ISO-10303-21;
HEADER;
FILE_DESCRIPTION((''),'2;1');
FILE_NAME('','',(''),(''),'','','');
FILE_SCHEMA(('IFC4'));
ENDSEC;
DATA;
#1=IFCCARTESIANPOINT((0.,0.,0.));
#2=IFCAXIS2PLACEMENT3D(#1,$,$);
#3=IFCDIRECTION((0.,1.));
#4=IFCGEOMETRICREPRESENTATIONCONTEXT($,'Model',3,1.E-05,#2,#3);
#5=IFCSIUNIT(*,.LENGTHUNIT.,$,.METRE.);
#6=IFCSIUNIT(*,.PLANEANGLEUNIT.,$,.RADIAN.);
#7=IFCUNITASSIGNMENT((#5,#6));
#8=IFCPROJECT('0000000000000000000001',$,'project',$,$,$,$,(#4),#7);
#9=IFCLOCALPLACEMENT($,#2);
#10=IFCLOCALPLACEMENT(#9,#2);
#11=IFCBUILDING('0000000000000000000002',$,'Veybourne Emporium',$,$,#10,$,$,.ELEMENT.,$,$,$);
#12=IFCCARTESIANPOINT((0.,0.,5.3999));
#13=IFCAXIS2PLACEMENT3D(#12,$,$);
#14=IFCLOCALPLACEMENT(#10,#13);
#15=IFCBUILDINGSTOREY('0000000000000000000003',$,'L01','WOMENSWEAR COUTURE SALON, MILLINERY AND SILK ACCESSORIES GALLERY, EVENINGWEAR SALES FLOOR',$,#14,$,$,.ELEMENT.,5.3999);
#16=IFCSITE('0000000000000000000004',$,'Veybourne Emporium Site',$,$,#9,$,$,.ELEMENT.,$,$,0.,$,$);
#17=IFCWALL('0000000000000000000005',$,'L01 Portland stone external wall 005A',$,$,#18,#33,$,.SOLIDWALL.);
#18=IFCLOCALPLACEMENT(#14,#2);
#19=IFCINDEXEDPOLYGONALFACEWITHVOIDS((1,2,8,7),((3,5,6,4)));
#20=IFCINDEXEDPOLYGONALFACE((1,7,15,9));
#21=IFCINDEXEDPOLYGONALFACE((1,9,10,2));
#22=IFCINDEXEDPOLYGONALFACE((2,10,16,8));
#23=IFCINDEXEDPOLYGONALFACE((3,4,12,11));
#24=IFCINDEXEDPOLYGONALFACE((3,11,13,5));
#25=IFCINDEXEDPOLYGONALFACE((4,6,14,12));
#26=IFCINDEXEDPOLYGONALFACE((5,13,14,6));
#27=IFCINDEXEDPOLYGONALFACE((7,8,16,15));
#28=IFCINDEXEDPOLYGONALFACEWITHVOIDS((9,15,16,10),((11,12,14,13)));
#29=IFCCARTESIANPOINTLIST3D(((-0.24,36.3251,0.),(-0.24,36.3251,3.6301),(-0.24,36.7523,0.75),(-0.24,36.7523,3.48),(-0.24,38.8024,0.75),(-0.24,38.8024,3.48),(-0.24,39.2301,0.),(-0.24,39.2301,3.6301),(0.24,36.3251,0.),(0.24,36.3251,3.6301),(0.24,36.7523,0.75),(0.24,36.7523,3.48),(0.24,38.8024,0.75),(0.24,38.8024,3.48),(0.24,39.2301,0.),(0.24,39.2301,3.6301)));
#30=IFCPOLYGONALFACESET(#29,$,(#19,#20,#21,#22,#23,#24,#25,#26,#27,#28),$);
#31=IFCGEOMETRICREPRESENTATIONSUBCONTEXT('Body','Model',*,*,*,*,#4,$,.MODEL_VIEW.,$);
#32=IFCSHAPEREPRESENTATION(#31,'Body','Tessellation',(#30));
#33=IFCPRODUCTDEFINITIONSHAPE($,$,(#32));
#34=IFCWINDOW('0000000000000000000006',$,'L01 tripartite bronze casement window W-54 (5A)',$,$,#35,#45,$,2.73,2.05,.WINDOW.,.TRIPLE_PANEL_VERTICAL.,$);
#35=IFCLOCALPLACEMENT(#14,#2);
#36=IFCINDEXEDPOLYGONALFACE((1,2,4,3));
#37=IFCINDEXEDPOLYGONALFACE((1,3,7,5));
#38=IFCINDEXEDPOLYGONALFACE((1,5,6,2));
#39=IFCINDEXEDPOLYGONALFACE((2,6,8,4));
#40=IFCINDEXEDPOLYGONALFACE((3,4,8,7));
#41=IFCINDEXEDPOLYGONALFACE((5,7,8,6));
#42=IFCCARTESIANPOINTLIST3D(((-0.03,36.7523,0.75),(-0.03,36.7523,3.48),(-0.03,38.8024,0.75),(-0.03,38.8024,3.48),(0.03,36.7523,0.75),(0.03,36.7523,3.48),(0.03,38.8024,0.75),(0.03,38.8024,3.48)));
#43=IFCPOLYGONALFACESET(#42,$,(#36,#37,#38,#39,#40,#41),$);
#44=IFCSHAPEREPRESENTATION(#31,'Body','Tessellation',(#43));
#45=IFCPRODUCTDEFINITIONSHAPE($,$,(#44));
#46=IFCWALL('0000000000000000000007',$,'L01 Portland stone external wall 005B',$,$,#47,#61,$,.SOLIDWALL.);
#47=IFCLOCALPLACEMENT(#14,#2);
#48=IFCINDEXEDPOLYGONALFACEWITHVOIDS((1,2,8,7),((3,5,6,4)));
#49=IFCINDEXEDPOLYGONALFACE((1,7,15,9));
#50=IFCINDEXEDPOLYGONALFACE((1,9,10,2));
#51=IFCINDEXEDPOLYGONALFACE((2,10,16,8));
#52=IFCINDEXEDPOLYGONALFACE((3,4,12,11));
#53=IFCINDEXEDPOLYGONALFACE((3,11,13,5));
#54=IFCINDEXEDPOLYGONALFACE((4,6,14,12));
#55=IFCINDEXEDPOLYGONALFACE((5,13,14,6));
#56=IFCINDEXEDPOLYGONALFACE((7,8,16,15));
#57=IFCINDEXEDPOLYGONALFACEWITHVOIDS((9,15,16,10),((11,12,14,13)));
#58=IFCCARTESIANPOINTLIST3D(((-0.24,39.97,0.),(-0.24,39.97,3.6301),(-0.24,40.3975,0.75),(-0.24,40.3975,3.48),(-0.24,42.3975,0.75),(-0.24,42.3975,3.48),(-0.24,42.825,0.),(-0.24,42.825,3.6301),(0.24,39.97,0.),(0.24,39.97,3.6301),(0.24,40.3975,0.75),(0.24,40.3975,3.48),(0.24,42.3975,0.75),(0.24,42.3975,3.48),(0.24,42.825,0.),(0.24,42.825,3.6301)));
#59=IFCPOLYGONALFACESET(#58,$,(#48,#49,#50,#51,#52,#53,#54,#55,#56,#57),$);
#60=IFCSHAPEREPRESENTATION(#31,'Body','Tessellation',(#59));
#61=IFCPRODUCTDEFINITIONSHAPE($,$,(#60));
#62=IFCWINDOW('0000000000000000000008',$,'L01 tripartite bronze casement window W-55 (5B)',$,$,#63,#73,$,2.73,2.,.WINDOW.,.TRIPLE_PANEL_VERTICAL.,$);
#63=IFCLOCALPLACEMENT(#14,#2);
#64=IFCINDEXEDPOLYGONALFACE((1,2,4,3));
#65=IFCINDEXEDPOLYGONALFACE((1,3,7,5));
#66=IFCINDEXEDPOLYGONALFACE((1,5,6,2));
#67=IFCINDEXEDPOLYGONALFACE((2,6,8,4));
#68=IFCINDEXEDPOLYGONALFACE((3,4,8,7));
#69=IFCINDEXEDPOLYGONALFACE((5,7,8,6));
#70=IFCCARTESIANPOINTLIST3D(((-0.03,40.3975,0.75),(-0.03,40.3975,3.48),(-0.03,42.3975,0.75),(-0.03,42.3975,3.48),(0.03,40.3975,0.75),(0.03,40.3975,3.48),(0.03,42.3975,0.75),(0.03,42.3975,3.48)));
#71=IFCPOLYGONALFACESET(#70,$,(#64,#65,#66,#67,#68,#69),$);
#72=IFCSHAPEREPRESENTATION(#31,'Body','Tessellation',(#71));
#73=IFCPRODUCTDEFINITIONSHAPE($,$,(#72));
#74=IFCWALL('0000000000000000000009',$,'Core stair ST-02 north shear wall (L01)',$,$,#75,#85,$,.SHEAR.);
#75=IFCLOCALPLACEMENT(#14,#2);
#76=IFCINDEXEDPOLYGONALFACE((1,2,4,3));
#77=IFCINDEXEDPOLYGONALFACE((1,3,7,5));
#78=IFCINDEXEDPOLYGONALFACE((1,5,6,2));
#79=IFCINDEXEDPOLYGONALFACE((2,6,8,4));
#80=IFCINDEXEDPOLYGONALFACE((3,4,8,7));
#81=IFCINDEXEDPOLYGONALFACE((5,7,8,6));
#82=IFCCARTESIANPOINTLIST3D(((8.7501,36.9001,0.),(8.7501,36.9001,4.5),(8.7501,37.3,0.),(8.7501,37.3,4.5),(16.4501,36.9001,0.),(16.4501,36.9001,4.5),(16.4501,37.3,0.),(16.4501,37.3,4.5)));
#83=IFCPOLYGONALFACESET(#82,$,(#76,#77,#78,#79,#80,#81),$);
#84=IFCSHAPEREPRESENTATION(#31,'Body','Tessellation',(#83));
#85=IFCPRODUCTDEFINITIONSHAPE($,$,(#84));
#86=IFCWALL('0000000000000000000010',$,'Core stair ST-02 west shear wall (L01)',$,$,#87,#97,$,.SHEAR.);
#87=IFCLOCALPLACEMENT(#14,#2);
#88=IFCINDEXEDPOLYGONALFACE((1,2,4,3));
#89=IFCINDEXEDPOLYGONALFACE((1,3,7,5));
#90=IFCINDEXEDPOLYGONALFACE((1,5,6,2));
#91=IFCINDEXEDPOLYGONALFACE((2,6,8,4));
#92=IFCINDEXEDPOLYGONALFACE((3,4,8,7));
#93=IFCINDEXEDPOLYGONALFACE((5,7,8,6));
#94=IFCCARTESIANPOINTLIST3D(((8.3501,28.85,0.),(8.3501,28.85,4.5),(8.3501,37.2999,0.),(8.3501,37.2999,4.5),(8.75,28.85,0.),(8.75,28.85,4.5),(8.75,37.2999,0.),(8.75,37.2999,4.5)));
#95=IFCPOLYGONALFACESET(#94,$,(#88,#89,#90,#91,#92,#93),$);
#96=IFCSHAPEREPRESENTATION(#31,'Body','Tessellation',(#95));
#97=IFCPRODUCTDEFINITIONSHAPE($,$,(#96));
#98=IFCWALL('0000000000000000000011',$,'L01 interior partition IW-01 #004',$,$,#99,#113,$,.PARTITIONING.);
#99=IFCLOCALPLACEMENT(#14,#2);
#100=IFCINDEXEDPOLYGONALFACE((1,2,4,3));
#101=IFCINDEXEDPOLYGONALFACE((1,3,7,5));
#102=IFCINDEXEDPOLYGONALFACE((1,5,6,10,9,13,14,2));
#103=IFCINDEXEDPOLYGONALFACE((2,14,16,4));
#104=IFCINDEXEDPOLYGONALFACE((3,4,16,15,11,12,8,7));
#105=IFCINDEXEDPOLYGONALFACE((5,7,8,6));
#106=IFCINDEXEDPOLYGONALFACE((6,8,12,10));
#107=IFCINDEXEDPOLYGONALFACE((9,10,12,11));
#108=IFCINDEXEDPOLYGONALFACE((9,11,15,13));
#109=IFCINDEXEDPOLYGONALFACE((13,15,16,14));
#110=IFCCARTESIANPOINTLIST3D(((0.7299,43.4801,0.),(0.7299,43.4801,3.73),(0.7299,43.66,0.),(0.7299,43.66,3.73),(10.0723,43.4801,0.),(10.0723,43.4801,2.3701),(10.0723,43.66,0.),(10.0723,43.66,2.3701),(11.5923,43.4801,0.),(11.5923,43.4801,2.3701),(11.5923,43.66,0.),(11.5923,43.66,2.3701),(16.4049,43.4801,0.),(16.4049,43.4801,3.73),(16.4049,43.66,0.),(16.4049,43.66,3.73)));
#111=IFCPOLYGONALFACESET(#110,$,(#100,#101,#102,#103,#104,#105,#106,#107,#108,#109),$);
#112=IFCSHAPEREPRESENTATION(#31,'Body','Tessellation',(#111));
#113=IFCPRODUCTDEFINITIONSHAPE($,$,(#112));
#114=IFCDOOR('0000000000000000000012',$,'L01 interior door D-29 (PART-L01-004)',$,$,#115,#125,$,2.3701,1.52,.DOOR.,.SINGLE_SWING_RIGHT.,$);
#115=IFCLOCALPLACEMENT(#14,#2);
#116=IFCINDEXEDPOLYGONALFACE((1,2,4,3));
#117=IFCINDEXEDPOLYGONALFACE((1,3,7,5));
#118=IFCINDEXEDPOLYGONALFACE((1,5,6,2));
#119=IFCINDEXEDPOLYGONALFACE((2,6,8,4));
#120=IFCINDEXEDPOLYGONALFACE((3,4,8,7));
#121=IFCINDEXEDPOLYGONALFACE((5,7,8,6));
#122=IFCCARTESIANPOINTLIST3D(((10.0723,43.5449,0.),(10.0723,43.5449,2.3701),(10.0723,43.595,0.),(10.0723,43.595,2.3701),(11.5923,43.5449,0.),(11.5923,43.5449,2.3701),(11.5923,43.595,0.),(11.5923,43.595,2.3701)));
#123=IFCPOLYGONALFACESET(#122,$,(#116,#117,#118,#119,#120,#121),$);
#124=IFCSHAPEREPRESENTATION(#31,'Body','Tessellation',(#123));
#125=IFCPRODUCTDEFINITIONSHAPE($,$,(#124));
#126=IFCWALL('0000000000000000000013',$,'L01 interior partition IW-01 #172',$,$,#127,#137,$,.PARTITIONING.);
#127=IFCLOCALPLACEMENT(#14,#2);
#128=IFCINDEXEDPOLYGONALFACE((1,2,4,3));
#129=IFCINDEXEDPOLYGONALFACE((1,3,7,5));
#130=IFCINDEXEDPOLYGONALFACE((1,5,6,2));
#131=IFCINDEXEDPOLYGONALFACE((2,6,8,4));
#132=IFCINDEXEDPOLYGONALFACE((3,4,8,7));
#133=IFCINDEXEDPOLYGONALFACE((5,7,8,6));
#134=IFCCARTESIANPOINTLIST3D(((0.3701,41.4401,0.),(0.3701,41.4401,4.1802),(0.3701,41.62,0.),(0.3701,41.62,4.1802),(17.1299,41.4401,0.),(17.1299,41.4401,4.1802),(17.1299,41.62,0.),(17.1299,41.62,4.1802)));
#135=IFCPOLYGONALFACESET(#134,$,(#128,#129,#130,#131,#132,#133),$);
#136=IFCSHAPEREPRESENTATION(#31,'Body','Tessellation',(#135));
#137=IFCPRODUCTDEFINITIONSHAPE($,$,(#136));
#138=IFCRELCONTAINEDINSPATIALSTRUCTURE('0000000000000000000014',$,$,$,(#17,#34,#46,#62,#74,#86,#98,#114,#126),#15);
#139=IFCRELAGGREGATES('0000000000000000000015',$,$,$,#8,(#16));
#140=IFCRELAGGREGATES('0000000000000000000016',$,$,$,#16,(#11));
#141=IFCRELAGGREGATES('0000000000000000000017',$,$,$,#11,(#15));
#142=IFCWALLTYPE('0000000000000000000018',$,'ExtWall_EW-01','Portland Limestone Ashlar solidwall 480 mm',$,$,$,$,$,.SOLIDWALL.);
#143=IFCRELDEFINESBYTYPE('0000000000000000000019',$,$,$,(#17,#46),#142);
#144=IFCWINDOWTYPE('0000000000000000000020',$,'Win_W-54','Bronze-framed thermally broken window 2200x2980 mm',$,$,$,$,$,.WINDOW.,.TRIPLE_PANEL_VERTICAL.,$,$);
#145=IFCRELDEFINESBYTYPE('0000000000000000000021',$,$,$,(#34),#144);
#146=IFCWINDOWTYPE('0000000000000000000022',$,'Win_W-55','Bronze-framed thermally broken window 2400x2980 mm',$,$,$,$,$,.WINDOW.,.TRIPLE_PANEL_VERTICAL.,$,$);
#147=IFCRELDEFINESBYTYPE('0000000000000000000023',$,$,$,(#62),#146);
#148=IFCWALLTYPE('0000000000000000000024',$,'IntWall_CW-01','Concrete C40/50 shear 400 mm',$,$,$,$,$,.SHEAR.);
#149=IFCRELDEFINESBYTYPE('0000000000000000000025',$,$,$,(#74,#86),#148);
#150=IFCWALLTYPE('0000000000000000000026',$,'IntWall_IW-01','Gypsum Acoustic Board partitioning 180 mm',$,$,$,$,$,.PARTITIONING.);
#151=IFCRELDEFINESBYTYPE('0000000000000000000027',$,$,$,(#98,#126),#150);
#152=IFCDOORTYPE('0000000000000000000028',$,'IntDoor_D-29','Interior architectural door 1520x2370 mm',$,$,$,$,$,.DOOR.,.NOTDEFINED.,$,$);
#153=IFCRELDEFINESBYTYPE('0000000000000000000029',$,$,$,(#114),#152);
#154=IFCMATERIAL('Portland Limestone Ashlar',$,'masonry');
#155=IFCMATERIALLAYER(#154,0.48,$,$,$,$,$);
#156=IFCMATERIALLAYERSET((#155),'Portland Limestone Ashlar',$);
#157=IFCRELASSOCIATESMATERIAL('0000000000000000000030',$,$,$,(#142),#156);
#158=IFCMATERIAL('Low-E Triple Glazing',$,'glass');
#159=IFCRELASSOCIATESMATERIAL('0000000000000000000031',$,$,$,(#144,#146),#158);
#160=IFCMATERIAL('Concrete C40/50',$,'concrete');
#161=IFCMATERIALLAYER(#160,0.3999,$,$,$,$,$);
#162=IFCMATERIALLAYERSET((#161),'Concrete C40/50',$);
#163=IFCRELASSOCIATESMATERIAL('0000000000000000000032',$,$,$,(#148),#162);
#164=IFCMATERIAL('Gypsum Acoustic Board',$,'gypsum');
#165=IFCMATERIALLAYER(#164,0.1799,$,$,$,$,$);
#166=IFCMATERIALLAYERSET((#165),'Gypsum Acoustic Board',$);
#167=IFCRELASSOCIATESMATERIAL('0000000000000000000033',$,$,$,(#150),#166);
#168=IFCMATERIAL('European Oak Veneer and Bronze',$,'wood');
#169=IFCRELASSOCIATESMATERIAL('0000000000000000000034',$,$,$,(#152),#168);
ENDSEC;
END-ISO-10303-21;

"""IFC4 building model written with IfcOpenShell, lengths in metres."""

from ifc_helpers import new_model, si_unit, direction, frame, frame_2d, origin, place, context, subcontext, project, spatial, rectangle, extrude, material, layer, layer_set, type_object, element, fill, save


model = new_model("IFC4")

# Units and contexts
model_context = context("Model", 3, precision=1e-05, world=origin(), true_north=direction((0.0, 1.0)))
body_context = subcontext(model_context, "Body", "Model", "MODEL_VIEW")
ifc_project = project(units=[si_unit("LENGTHUNIT", "METRE"), si_unit("PLANEANGLEUNIT", "RADIAN")], contexts=[model_context])

# Site, building, storey
site_placement = place(None, origin())
site = spatial("IfcSite", under=ifc_project, at=site_placement, Name="Veybourne Emporium Site", CompositionType="ELEMENT", RefElevation=0.0)
building_placement = place(site_placement, origin())
building = spatial("IfcBuilding", under=site, at=building_placement, Name="Veybourne Emporium", CompositionType="ELEMENT")
storey_placement = place(building_placement, frame((0.0, 0.0, 5.3999)))
storey = spatial("IfcBuildingStorey", under=building, at=storey_placement, Name="L01", Description="WOMENSWEAR COUTURE SALON, MILLINERY AND SILK ACCESSORIES GALLERY, EVENINGWEAR SALES FLOOR", CompositionType="ELEMENT", Elevation=5.3999)

# Shared definitions
ifc_material_1 = material(Name="Concrete C40/50", Category="concrete")

# Walls, openings, windows
ifc_material_2 = material(Name="Portland Limestone Ashlar", Category="masonry")
ifc_layer_1 = layer(ifc_material_2, 0.48)
ifc_layer_set_1 = layer_set([ifc_layer_1], Name="Portland Limestone Ashlar")
wall_type_1 = type_object("IfcWallType", Name="ExtWall_EW-01", Description="Portland Limestone Ashlar solidwall 480 mm", PredefinedType="SOLIDWALL", material=ifc_layer_set_1)
wall_1_placement = place(storey_placement, frame((0.0, 36.325, 0.0), z_axis=(0.0, 0.0, 1.0), x_axis=(0.0, 1.0, 0.0)))
wall_1 = element("IfcWall", 1, at=wall_1_placement, inside=storey, type_object=wall_type_1, Name="L01 Portland stone external wall 005A", PredefinedType="SOLIDWALL", context=body_context, shape_type="SweptSolid", body=[
    extrude(rectangle(XDim=2.905, YDim=0.48, at=frame_2d((1.4526, 0.0))), origin(), (0.0, 0.0, 1.0), 3.6301),
])
opening_1_placement = place(wall_1_placement, frame((0.4275, 0.0, 0.75)))
opening_1 = element("IfcOpeningElement", 2, at=opening_1_placement, cuts=wall_1, PredefinedType="OPENING", context=body_context, shape_type="SweptSolid", body=[
    extrude(rectangle(XDim=2.05, YDim=2.73, at=frame_2d((1.0249, 1.365))), frame((0.0, 0.26, 0.0), z_axis=(0.0, -1.0, 0.0), x_axis=(1.0, 0.0, 0.0)), (0.0, 0.0, 1.0), 0.52),
])
ifc_material_3 = material(Name="Low-E Triple Glazing", Category="glass")
window_type_1 = type_object("IfcWindowType", Name="Win_W-54", Description="Bronze-framed thermally broken window 2200x2980 mm", PartitioningType="TRIPLE_PANEL_VERTICAL", PredefinedType="WINDOW", material=ifc_material_3)
window_1_placement = place(opening_1_placement, origin())
window_1 = element("IfcWindow", 3, at=window_1_placement, inside=storey, type_object=window_type_1, Name="L01 tripartite bronze casement window W-54 (5A)", OverallHeight=2.73, OverallWidth=2.05, PartitioningType="TRIPLE_PANEL_VERTICAL", PredefinedType="WINDOW", context=body_context, shape_type="SweptSolid", body=[
    extrude(rectangle(XDim=2.05, YDim=2.73, at=frame_2d((1.0249, 1.365))), frame((0.0, 0.03, 0.0), z_axis=(0.0, -1.0, 0.0), x_axis=(1.0, 0.0, 0.0)), (0.0, 0.0, 1.0), 0.0601),
])
fill(opening_1, window_1)
wall_2_placement = place(storey_placement, frame((0.0, 39.97, 0.0), z_axis=(0.0, 0.0, 1.0), x_axis=(0.0, 1.0, 0.0)))
wall_2 = element("IfcWall", 4, at=wall_2_placement, inside=storey, type_object=wall_type_1, Name="L01 Portland stone external wall 005B", PredefinedType="SOLIDWALL", context=body_context, shape_type="SweptSolid", body=[
    extrude(rectangle(XDim=2.855, YDim=0.48, at=frame_2d((1.4275, 0.0))), origin(), (0.0, 0.0, 1.0), 3.6301),
])
opening_2_placement = place(wall_2_placement, frame((0.4275, 0.0, 0.75)))
opening_2 = element("IfcOpeningElement", 5, at=opening_2_placement, cuts=wall_2, PredefinedType="OPENING", context=body_context, shape_type="SweptSolid", body=[
    extrude(rectangle(XDim=2.0, YDim=2.73, at=frame_2d((1.0, 1.365))), frame((0.0, 0.26, 0.0), z_axis=(0.0, -1.0, 0.0), x_axis=(1.0, 0.0, 0.0)), (0.0, 0.0, 1.0), 0.52),
])
window_type_2 = type_object("IfcWindowType", Name="Win_W-55", Description="Bronze-framed thermally broken window 2400x2980 mm", PartitioningType="TRIPLE_PANEL_VERTICAL", PredefinedType="WINDOW", material=ifc_material_3)
window_2_placement = place(opening_2_placement, origin())
window_2 = element("IfcWindow", 6, at=window_2_placement, inside=storey, type_object=window_type_2, Name="L01 tripartite bronze casement window W-55 (5B)", OverallHeight=2.73, OverallWidth=2.0, PartitioningType="TRIPLE_PANEL_VERTICAL", PredefinedType="WINDOW", context=body_context, shape_type="SweptSolid", body=[
    extrude(rectangle(XDim=2.0, YDim=2.73, at=frame_2d((1.0, 1.365))), frame((0.0, 0.03, 0.0), z_axis=(0.0, -1.0, 0.0), x_axis=(1.0, 0.0, 0.0)), (0.0, 0.0, 1.0), 0.0601),
])
fill(opening_2, window_2)

# Walls
ifc_layer_2 = layer(ifc_material_1, 0.3999)
ifc_layer_set_2 = layer_set([ifc_layer_2], Name="Concrete C40/50")
wall_type_2 = type_object("IfcWallType", Name="IntWall_CW-01", Description="Concrete C40/50 shear 400 mm", PredefinedType="SHEAR", material=ifc_layer_set_2)
wall_3_placement = place(storey_placement, frame((8.75, 37.1001, 0.0), z_axis=(0.0, 0.0, 1.0), x_axis=(1.0, 0.0, 0.0)))
element("IfcWall", 7, at=wall_3_placement, inside=storey, type_object=wall_type_2, Name="Core stair ST-02 north shear wall (L01)", PredefinedType="SHEAR", context=body_context, shape_type="SweptSolid", body=[
    extrude(rectangle(XDim=7.7, YDim=0.3999, at=frame_2d((3.8501, 0.0))), origin(), (0.0, 0.0, 1.0), 4.5),
])
wall_4_placement = place(storey_placement, frame((8.55, 37.3, 0.0), z_axis=(0.0, 0.0, 1.0), x_axis=(0.0, -1.0, 0.0)))
element("IfcWall", 8, at=wall_4_placement, inside=storey, type_object=wall_type_2, Name="Core stair ST-02 west shear wall (L01)", PredefinedType="SHEAR", context=body_context, shape_type="SweptSolid", body=[
    extrude(rectangle(XDim=8.45, YDim=0.3999, at=frame_2d((4.2251, 0.0))), origin(), (0.0, 0.0, 1.0), 4.5),
])

# Wall, opening, door
ifc_material_4 = material(Name="Gypsum Acoustic Board", Category="gypsum")
ifc_layer_3 = layer(ifc_material_4, 0.1799)
ifc_layer_set_3 = layer_set([ifc_layer_3], Name="Gypsum Acoustic Board")
wall_type_3 = type_object("IfcWallType", Name="IntWall_IW-01", Description="Gypsum Acoustic Board partitioning 180 mm", PredefinedType="PARTITIONING", material=ifc_layer_set_3)
wall_5_placement = place(storey_placement, frame((0.73, 43.5701, 0.0), z_axis=(0.0, 0.0, 1.0), x_axis=(1.0, 0.0, 0.0)))
wall_5 = element("IfcWall", 9, at=wall_5_placement, inside=storey, type_object=wall_type_3, Name="L01 interior partition IW-01 #004", PredefinedType="PARTITIONING", context=body_context, shape_type="SweptSolid", body=[
    extrude(rectangle(XDim=15.675, YDim=0.1799, at=frame_2d((7.8374, 0.0))), origin(), (0.0, 0.0, 1.0), 3.73),
])
opening_3_placement = place(wall_5_placement, frame((9.3423, 0.0, 0.0)))
opening_3 = element("IfcOpeningElement", 10, at=opening_3_placement, cuts=wall_5, PredefinedType="OPENING", context=body_context, shape_type="SweptSolid", body=[
    extrude(rectangle(XDim=1.52, YDim=2.3701, at=frame_2d((0.76, 1.1851))), frame((0.0, 0.1099, 0.0), z_axis=(0.0, -1.0, 0.0), x_axis=(1.0, 0.0, 0.0)), (0.0, 0.0, 1.0), 0.22),
])
ifc_material_5 = material(Name="European Oak Veneer and Bronze", Category="wood")
door_type = type_object("IfcDoorType", Name="IntDoor_D-29", Description="Interior architectural door 1520x2370 mm", OperationType="NOTDEFINED", PredefinedType="DOOR", material=ifc_material_5)
door_placement = place(opening_3_placement, origin())
door = element("IfcDoor", 11, at=door_placement, inside=storey, type_object=door_type, Name="L01 interior door D-29 (PART-L01-004)", OperationType="SINGLE_SWING_RIGHT", OverallHeight=2.3701, OverallWidth=1.52, PredefinedType="DOOR", context=body_context, shape_type="SweptSolid", body=[
    extrude(rectangle(XDim=1.52, YDim=2.3701, at=frame_2d((0.76, 1.1851))), frame((0.0, 0.0249, 0.0), z_axis=(0.0, -1.0, 0.0), x_axis=(1.0, 0.0, 0.0)), (0.0, 0.0, 1.0), 0.05),
])
fill(opening_3, door)

# Wall
wall_6_placement = place(storey_placement, frame((0.3701, 41.53, 0.0), z_axis=(0.0, 0.0, 1.0), x_axis=(1.0, 0.0, 0.0)))
element("IfcWall", 12, at=wall_6_placement, inside=storey, type_object=wall_type_3, Name="L01 interior partition IW-01 #172", PredefinedType="PARTITIONING", context=body_context, shape_type="SweptSolid", body=[
    extrude(rectangle(XDim=16.7598, YDim=0.1799, at=frame_2d((8.3799, 0.0))), origin(), (0.0, 0.0, 1.0), 4.1802),
])

save(model, "model.ifc")
